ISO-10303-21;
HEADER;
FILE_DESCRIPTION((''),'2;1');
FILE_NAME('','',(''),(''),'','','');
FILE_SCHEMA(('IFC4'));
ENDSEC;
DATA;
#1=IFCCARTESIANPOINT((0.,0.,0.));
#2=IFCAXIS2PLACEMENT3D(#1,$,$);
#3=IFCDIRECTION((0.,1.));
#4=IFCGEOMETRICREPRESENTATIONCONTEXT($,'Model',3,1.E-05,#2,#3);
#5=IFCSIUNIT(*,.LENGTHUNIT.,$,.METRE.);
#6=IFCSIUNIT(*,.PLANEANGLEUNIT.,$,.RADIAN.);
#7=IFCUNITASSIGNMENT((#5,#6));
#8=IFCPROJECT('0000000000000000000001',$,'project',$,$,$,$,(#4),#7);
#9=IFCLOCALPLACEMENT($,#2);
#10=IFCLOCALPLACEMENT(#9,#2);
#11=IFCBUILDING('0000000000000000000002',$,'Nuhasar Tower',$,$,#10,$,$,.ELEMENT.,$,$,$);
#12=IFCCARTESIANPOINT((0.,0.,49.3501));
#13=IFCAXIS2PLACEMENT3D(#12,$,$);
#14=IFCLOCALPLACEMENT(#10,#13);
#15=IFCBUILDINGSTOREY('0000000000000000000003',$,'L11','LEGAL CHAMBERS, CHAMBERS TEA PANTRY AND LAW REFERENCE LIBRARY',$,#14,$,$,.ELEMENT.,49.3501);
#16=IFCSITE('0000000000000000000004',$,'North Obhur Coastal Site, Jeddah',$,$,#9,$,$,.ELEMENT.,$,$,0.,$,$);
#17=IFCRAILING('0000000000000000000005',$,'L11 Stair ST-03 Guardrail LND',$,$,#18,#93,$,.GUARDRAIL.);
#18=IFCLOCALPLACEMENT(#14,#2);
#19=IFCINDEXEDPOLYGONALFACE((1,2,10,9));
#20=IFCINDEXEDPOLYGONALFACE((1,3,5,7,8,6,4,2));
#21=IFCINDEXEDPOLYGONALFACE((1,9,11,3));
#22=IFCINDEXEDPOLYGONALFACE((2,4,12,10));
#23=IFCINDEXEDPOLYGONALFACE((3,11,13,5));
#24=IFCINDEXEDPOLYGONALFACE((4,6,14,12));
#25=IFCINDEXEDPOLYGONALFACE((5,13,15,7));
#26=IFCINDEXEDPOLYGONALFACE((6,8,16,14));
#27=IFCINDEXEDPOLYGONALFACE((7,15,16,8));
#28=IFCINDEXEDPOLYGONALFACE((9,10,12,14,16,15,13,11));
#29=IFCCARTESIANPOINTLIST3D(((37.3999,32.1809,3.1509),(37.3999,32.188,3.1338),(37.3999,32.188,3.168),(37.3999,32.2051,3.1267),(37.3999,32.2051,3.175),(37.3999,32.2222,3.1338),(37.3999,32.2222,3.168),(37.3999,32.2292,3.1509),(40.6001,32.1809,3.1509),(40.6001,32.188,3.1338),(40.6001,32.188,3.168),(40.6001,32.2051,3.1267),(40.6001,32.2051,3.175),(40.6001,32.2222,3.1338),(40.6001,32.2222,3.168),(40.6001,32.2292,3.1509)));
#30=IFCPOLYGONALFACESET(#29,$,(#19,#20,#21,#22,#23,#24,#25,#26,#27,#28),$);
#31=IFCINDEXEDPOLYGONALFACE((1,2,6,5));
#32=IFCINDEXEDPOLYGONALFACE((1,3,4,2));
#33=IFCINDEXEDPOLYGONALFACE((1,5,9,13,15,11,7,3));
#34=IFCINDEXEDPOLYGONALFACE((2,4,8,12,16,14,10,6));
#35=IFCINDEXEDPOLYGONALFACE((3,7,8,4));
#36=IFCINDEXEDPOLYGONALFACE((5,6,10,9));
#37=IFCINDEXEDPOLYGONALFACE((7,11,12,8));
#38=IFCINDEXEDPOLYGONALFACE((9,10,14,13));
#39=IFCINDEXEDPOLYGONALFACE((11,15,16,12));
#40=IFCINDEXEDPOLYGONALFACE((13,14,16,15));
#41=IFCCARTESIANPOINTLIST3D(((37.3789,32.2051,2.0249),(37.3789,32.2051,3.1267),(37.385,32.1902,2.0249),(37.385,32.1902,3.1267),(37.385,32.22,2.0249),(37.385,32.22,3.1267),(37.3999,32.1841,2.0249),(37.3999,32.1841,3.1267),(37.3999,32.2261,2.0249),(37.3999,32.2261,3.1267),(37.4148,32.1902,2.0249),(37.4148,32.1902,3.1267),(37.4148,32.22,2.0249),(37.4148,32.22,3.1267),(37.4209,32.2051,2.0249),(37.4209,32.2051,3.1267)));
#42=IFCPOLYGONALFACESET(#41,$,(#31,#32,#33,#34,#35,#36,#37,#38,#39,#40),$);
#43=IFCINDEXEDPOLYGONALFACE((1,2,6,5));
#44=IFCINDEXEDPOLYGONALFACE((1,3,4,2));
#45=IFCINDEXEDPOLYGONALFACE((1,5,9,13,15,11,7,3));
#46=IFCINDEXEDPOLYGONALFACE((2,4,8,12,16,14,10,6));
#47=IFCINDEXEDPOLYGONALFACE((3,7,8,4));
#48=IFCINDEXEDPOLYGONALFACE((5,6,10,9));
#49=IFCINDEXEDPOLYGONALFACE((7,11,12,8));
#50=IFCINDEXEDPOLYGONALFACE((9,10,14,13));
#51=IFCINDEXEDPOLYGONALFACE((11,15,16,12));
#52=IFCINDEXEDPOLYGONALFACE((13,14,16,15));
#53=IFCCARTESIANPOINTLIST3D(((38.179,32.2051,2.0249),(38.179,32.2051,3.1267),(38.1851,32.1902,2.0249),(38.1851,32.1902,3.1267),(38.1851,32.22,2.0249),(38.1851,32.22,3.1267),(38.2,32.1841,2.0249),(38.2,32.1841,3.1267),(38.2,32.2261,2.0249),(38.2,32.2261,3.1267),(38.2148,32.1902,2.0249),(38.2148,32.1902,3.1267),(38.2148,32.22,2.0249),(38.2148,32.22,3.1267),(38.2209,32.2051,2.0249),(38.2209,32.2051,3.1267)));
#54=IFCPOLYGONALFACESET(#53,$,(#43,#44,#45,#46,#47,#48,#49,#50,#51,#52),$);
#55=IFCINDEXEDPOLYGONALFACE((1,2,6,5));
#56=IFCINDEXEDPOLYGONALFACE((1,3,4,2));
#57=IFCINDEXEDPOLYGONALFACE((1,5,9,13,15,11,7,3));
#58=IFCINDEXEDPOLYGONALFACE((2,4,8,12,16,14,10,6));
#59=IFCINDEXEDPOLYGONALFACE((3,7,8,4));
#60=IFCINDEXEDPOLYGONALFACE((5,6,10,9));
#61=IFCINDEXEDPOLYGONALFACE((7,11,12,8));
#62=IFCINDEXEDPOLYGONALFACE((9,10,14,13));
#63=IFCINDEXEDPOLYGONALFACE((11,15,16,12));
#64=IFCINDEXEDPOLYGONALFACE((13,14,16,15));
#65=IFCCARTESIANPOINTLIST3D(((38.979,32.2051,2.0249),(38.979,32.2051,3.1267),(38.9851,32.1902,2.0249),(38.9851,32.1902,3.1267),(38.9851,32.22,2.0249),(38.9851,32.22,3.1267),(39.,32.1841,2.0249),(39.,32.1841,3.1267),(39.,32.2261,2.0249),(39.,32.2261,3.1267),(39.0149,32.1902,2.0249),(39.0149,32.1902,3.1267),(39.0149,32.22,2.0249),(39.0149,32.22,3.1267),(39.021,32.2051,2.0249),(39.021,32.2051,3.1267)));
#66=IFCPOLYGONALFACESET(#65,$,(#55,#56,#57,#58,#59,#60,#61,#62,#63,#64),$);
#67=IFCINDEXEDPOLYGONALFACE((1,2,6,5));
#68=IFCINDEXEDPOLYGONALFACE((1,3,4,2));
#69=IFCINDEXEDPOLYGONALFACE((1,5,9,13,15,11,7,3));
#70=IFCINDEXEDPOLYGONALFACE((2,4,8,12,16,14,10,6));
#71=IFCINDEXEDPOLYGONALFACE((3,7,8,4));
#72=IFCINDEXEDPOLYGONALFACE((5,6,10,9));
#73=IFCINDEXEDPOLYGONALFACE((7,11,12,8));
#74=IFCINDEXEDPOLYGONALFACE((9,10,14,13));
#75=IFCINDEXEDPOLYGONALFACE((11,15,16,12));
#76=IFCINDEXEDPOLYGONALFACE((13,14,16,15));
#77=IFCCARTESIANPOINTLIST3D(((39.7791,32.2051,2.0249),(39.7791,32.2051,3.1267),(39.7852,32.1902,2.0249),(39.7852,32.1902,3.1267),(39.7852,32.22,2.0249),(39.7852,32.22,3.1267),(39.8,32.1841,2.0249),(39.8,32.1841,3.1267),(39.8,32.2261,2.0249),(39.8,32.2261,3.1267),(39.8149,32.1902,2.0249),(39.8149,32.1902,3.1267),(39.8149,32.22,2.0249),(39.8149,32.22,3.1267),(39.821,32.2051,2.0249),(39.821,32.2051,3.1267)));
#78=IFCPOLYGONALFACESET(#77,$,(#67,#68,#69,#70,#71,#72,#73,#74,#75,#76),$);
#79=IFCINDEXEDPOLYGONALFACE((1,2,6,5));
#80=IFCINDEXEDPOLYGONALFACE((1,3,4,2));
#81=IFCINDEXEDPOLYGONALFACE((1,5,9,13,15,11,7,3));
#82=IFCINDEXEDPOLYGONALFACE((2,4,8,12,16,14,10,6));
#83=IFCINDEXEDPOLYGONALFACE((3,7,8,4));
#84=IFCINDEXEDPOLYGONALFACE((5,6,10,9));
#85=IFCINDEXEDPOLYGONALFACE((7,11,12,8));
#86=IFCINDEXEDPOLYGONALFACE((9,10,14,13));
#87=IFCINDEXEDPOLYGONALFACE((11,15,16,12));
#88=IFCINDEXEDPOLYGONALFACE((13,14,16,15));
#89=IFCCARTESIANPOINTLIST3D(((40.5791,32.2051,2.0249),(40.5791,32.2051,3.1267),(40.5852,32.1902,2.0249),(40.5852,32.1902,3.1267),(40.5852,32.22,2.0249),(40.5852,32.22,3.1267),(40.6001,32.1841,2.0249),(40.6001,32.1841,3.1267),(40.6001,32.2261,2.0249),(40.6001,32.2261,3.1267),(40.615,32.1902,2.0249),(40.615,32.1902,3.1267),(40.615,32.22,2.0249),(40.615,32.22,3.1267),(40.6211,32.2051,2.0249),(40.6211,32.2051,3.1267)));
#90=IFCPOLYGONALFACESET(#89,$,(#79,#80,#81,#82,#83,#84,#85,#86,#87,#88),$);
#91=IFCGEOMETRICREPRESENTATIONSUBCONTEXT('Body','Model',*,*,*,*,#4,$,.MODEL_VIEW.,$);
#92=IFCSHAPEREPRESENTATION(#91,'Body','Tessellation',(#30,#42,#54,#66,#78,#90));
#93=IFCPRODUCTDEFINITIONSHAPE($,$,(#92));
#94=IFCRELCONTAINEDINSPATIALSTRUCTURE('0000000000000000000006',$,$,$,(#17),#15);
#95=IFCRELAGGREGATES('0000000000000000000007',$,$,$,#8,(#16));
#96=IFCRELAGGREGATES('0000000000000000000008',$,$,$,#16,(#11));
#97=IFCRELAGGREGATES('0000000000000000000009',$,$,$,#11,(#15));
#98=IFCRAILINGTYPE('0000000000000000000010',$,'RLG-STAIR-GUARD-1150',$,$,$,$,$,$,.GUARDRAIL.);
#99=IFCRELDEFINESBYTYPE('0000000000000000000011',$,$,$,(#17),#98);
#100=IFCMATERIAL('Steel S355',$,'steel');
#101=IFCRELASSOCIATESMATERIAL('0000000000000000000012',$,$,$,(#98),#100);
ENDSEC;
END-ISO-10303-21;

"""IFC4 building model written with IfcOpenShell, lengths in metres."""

from ifc_helpers import new_model, si_unit, direction, frame, origin, place, context, subcontext, project, spatial, polyline, outline, extrude, material, type_object, element, save


model = new_model("IFC4")

# Units and contexts
model_context = context("Model", 3, precision=1e-05, world=origin(), true_north=direction((0.0, 1.0)))
body_context = subcontext(model_context, "Body", "Model", "MODEL_VIEW")
ifc_project = project(units=[si_unit("LENGTHUNIT", "METRE"), si_unit("PLANEANGLEUNIT", "RADIAN")], contexts=[model_context])

# Site, building, storey
site_placement = place(None, origin())
site = spatial("IfcSite", under=ifc_project, at=site_placement, Name="North Obhur Coastal Site, Jeddah", CompositionType="ELEMENT", RefElevation=0.0)
building_placement = place(site_placement, origin())
building = spatial("IfcBuilding", under=site, at=building_placement, Name="Nuhasar Tower", CompositionType="ELEMENT")
storey_placement = place(building_placement, frame((0.0, 0.0, 49.3501)))
storey = spatial("IfcBuildingStorey", under=building, at=storey_placement, Name="L11", Description="LEGAL CHAMBERS, CHAMBERS TEA PANTRY AND LAW REFERENCE LIBRARY", CompositionType="ELEMENT", Elevation=49.3501)

# Shared definitions
ifc_material_1 = material(Name="Steel S355", Category="steel")

# Railing
railing_type_1 = type_object("IfcRailingType", Name="RLG-STAIR-GUARD-1150", PredefinedType="GUARDRAIL", material=ifc_material_1)
railing_1_placement = place(storey_placement, frame((37.3999, 32.2051, 2.0249)))
element("IfcRailing", 1, at=railing_1_placement, inside=storey, type_object=railing_type_1, Name="L11 Stair ST-03 Guardrail LND", PredefinedType="GUARDRAIL", context=body_context, shape_type="SweptSolid", body=[
    extrude(outline(polyline([(0.0242, 0.0), (0.0171, 0.0171), (0.0, 0.0242), (-0.0171, 0.0171), (-0.0242, 0.0), (-0.0171, -0.0171), (0.0, -0.0242), (0.0171, -0.0171), (0.0242, 0.0)])), frame((0.0, 0.0, 1.126), z_axis=(1.0, 0.0, 0.0), x_axis=(0.0, 1.0, 0.0)), (0.0, 0.0, 1.0), 3.2002),
    extrude(outline(polyline([(0.021, 0.0), (0.0149, 0.0149), (0.0, 0.021), (-0.0149, 0.0149), (-0.021, 0.0), (-0.0149, -0.0149), (0.0, -0.021), (0.0149, -0.0149), (0.021, 0.0)])), origin(), (0.0, 0.0, 1.0), 1.1018),
    extrude(outline(polyline([(0.021, 0.0), (0.0149, 0.0149), (0.0, 0.021), (-0.0149, 0.0149), (-0.021, 0.0), (-0.0149, -0.0149), (0.0, -0.021), (0.0149, -0.0149), (0.021, 0.0)])), frame((0.8, 0.0, 0.0)), (0.0, 0.0, 1.0), 1.1018),
    extrude(outline(polyline([(0.021, 0.0), (0.0149, 0.0149), (0.0, 0.021), (-0.0149, 0.0149), (-0.021, 0.0), (-0.0149, -0.0149), (0.0, -0.021), (0.0149, -0.0149), (0.021, 0.0)])), frame((1.6001, 0.0, 0.0)), (0.0, 0.0, 1.0), 1.1018),
    extrude(outline(polyline([(0.021, 0.0), (0.0149, 0.0149), (0.0, 0.021), (-0.0149, 0.0149), (-0.021, 0.0), (-0.0149, -0.0149), (0.0, -0.021), (0.0149, -0.0149), (0.021, 0.0)])), frame((2.4001, 0.0, 0.0)), (0.0, 0.0, 1.0), 1.1018),
    extrude(outline(polyline([(0.021, 0.0), (0.0149, 0.0149), (0.0, 0.021), (-0.0149, 0.0149), (-0.021, 0.0), (-0.0149, -0.0149), (0.0, -0.021), (0.0149, -0.0149), (0.021, 0.0)])), frame((3.2002, 0.0, 0.0)), (0.0, 0.0, 1.0), 1.1018),
])

save(model, "model.ifc")
